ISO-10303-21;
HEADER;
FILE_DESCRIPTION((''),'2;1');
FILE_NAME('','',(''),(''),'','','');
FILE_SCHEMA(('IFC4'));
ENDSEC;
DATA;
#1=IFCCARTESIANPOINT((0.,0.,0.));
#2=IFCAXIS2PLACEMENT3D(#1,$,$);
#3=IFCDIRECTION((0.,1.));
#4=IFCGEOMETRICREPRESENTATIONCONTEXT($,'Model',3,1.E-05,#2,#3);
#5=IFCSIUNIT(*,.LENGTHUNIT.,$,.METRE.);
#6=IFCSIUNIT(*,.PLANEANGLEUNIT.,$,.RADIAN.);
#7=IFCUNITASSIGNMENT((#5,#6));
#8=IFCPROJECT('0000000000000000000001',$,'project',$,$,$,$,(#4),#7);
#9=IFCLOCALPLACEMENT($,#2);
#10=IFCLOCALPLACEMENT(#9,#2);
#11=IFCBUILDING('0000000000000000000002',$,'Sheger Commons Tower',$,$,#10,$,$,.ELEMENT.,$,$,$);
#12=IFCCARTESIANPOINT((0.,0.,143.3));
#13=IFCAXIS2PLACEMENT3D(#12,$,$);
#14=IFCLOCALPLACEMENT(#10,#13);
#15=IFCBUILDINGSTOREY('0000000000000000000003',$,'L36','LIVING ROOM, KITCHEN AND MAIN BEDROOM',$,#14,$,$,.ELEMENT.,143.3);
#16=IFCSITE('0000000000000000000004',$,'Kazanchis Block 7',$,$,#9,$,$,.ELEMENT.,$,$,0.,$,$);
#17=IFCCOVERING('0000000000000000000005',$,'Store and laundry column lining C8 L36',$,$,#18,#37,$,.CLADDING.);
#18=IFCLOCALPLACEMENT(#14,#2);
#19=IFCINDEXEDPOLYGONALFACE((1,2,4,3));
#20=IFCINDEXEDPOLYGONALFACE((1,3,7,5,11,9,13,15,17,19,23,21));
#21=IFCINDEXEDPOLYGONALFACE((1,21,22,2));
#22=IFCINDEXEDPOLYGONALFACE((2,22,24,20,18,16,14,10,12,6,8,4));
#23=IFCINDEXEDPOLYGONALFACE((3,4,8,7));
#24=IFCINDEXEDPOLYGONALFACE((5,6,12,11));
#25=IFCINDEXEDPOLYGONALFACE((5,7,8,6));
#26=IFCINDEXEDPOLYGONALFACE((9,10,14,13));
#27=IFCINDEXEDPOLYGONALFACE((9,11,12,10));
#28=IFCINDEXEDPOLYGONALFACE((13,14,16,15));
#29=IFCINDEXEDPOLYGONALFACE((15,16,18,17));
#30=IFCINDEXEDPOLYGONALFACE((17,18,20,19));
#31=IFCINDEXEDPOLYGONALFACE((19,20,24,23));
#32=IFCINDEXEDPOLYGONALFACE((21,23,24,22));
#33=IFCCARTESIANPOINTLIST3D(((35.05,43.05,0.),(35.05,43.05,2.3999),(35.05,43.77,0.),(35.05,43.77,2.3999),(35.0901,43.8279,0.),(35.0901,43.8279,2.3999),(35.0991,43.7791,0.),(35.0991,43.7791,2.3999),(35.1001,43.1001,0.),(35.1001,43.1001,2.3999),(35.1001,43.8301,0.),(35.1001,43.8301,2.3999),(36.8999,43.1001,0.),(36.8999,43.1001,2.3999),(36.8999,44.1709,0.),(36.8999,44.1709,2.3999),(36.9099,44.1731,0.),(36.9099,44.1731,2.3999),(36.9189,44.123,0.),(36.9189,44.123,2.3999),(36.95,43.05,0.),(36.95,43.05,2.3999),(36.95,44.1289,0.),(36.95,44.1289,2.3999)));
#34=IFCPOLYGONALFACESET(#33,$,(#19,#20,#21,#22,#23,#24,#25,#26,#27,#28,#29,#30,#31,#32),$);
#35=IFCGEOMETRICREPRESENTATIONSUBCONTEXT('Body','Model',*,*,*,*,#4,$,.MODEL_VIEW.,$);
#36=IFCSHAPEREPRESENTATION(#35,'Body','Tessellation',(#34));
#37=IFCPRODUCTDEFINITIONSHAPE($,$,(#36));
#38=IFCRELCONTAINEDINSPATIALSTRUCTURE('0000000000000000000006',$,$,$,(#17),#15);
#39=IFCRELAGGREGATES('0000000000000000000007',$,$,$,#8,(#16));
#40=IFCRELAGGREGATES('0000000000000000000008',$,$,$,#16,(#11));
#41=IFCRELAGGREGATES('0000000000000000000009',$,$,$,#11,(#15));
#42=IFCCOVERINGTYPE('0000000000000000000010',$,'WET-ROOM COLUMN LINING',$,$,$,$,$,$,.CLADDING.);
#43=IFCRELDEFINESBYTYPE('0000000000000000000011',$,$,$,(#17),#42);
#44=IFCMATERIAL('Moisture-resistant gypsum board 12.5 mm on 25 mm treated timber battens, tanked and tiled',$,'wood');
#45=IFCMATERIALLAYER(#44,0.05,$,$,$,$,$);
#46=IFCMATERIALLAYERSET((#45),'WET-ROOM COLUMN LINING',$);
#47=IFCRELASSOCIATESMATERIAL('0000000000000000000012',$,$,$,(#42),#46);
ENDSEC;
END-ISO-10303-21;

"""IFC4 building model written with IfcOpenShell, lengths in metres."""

from ifc_helpers import new_model, si_unit, direction, frame, origin, place, context, subcontext, project, spatial, polyline, outline, extrude, material, layer, layer_set, type_object, element, save


model = new_model("IFC4")

# Units and contexts
model_context = context("Model", 3, precision=1e-05, world=origin(), true_north=direction((0.0, 1.0)))
body_context = subcontext(model_context, "Body", "Model", "MODEL_VIEW")
ifc_project = project(units=[si_unit("LENGTHUNIT", "METRE"), si_unit("PLANEANGLEUNIT", "RADIAN")], contexts=[model_context])

# Site, building, storey
site_placement = place(None, origin())
site = spatial("IfcSite", under=ifc_project, at=site_placement, Name="Kazanchis Block 7", CompositionType="ELEMENT", RefElevation=0.0)
building_placement = place(site_placement, origin())
building = spatial("IfcBuilding", under=site, at=building_placement, Name="Sheger Commons Tower", CompositionType="ELEMENT")
storey_placement = place(building_placement, frame((0.0, 0.0, 143.3)))
storey = spatial("IfcBuildingStorey", under=building, at=storey_placement, Name="L36", Description="LIVING ROOM, KITCHEN AND MAIN BEDROOM", CompositionType="ELEMENT", Elevation=143.3)

# Covering
ifc_material_1 = material(Name="Moisture-resistant gypsum board 12.5 mm on 25 mm treated timber battens, tanked and tiled", Category="wood")
ifc_layer_1 = layer(ifc_material_1, 0.05)
ifc_layer_set_1 = layer_set([ifc_layer_1], Name="WET-ROOM COLUMN LINING")
covering_type_1 = type_object("IfcCoveringType", Name="WET-ROOM COLUMN LINING", PredefinedType="CLADDING", material=ifc_layer_set_1)
covering_1_placement = place(storey_placement, origin())
element("IfcCovering", 1, at=covering_1_placement, inside=storey, type_object=covering_type_1, Name="Store and laundry column lining C8 L36", PredefinedType="CLADDING", context=body_context, shape_type="SweptSolid", body=[
    extrude(outline(polyline([(35.1001, 43.8301), (35.1001, 43.1001), (36.8999, 43.1001), (36.8999, 44.1709), (36.9099, 44.1731), (36.9189, 44.123), (36.95, 44.1289), (36.95, 43.05), (35.05, 43.05), (35.05, 43.77), (35.0991, 43.7791), (35.0901, 43.8279), (35.1001, 43.8301)])), origin(), (0.0, 0.0, 1.0), 2.3999),
])

save(model, "model.ifc")
